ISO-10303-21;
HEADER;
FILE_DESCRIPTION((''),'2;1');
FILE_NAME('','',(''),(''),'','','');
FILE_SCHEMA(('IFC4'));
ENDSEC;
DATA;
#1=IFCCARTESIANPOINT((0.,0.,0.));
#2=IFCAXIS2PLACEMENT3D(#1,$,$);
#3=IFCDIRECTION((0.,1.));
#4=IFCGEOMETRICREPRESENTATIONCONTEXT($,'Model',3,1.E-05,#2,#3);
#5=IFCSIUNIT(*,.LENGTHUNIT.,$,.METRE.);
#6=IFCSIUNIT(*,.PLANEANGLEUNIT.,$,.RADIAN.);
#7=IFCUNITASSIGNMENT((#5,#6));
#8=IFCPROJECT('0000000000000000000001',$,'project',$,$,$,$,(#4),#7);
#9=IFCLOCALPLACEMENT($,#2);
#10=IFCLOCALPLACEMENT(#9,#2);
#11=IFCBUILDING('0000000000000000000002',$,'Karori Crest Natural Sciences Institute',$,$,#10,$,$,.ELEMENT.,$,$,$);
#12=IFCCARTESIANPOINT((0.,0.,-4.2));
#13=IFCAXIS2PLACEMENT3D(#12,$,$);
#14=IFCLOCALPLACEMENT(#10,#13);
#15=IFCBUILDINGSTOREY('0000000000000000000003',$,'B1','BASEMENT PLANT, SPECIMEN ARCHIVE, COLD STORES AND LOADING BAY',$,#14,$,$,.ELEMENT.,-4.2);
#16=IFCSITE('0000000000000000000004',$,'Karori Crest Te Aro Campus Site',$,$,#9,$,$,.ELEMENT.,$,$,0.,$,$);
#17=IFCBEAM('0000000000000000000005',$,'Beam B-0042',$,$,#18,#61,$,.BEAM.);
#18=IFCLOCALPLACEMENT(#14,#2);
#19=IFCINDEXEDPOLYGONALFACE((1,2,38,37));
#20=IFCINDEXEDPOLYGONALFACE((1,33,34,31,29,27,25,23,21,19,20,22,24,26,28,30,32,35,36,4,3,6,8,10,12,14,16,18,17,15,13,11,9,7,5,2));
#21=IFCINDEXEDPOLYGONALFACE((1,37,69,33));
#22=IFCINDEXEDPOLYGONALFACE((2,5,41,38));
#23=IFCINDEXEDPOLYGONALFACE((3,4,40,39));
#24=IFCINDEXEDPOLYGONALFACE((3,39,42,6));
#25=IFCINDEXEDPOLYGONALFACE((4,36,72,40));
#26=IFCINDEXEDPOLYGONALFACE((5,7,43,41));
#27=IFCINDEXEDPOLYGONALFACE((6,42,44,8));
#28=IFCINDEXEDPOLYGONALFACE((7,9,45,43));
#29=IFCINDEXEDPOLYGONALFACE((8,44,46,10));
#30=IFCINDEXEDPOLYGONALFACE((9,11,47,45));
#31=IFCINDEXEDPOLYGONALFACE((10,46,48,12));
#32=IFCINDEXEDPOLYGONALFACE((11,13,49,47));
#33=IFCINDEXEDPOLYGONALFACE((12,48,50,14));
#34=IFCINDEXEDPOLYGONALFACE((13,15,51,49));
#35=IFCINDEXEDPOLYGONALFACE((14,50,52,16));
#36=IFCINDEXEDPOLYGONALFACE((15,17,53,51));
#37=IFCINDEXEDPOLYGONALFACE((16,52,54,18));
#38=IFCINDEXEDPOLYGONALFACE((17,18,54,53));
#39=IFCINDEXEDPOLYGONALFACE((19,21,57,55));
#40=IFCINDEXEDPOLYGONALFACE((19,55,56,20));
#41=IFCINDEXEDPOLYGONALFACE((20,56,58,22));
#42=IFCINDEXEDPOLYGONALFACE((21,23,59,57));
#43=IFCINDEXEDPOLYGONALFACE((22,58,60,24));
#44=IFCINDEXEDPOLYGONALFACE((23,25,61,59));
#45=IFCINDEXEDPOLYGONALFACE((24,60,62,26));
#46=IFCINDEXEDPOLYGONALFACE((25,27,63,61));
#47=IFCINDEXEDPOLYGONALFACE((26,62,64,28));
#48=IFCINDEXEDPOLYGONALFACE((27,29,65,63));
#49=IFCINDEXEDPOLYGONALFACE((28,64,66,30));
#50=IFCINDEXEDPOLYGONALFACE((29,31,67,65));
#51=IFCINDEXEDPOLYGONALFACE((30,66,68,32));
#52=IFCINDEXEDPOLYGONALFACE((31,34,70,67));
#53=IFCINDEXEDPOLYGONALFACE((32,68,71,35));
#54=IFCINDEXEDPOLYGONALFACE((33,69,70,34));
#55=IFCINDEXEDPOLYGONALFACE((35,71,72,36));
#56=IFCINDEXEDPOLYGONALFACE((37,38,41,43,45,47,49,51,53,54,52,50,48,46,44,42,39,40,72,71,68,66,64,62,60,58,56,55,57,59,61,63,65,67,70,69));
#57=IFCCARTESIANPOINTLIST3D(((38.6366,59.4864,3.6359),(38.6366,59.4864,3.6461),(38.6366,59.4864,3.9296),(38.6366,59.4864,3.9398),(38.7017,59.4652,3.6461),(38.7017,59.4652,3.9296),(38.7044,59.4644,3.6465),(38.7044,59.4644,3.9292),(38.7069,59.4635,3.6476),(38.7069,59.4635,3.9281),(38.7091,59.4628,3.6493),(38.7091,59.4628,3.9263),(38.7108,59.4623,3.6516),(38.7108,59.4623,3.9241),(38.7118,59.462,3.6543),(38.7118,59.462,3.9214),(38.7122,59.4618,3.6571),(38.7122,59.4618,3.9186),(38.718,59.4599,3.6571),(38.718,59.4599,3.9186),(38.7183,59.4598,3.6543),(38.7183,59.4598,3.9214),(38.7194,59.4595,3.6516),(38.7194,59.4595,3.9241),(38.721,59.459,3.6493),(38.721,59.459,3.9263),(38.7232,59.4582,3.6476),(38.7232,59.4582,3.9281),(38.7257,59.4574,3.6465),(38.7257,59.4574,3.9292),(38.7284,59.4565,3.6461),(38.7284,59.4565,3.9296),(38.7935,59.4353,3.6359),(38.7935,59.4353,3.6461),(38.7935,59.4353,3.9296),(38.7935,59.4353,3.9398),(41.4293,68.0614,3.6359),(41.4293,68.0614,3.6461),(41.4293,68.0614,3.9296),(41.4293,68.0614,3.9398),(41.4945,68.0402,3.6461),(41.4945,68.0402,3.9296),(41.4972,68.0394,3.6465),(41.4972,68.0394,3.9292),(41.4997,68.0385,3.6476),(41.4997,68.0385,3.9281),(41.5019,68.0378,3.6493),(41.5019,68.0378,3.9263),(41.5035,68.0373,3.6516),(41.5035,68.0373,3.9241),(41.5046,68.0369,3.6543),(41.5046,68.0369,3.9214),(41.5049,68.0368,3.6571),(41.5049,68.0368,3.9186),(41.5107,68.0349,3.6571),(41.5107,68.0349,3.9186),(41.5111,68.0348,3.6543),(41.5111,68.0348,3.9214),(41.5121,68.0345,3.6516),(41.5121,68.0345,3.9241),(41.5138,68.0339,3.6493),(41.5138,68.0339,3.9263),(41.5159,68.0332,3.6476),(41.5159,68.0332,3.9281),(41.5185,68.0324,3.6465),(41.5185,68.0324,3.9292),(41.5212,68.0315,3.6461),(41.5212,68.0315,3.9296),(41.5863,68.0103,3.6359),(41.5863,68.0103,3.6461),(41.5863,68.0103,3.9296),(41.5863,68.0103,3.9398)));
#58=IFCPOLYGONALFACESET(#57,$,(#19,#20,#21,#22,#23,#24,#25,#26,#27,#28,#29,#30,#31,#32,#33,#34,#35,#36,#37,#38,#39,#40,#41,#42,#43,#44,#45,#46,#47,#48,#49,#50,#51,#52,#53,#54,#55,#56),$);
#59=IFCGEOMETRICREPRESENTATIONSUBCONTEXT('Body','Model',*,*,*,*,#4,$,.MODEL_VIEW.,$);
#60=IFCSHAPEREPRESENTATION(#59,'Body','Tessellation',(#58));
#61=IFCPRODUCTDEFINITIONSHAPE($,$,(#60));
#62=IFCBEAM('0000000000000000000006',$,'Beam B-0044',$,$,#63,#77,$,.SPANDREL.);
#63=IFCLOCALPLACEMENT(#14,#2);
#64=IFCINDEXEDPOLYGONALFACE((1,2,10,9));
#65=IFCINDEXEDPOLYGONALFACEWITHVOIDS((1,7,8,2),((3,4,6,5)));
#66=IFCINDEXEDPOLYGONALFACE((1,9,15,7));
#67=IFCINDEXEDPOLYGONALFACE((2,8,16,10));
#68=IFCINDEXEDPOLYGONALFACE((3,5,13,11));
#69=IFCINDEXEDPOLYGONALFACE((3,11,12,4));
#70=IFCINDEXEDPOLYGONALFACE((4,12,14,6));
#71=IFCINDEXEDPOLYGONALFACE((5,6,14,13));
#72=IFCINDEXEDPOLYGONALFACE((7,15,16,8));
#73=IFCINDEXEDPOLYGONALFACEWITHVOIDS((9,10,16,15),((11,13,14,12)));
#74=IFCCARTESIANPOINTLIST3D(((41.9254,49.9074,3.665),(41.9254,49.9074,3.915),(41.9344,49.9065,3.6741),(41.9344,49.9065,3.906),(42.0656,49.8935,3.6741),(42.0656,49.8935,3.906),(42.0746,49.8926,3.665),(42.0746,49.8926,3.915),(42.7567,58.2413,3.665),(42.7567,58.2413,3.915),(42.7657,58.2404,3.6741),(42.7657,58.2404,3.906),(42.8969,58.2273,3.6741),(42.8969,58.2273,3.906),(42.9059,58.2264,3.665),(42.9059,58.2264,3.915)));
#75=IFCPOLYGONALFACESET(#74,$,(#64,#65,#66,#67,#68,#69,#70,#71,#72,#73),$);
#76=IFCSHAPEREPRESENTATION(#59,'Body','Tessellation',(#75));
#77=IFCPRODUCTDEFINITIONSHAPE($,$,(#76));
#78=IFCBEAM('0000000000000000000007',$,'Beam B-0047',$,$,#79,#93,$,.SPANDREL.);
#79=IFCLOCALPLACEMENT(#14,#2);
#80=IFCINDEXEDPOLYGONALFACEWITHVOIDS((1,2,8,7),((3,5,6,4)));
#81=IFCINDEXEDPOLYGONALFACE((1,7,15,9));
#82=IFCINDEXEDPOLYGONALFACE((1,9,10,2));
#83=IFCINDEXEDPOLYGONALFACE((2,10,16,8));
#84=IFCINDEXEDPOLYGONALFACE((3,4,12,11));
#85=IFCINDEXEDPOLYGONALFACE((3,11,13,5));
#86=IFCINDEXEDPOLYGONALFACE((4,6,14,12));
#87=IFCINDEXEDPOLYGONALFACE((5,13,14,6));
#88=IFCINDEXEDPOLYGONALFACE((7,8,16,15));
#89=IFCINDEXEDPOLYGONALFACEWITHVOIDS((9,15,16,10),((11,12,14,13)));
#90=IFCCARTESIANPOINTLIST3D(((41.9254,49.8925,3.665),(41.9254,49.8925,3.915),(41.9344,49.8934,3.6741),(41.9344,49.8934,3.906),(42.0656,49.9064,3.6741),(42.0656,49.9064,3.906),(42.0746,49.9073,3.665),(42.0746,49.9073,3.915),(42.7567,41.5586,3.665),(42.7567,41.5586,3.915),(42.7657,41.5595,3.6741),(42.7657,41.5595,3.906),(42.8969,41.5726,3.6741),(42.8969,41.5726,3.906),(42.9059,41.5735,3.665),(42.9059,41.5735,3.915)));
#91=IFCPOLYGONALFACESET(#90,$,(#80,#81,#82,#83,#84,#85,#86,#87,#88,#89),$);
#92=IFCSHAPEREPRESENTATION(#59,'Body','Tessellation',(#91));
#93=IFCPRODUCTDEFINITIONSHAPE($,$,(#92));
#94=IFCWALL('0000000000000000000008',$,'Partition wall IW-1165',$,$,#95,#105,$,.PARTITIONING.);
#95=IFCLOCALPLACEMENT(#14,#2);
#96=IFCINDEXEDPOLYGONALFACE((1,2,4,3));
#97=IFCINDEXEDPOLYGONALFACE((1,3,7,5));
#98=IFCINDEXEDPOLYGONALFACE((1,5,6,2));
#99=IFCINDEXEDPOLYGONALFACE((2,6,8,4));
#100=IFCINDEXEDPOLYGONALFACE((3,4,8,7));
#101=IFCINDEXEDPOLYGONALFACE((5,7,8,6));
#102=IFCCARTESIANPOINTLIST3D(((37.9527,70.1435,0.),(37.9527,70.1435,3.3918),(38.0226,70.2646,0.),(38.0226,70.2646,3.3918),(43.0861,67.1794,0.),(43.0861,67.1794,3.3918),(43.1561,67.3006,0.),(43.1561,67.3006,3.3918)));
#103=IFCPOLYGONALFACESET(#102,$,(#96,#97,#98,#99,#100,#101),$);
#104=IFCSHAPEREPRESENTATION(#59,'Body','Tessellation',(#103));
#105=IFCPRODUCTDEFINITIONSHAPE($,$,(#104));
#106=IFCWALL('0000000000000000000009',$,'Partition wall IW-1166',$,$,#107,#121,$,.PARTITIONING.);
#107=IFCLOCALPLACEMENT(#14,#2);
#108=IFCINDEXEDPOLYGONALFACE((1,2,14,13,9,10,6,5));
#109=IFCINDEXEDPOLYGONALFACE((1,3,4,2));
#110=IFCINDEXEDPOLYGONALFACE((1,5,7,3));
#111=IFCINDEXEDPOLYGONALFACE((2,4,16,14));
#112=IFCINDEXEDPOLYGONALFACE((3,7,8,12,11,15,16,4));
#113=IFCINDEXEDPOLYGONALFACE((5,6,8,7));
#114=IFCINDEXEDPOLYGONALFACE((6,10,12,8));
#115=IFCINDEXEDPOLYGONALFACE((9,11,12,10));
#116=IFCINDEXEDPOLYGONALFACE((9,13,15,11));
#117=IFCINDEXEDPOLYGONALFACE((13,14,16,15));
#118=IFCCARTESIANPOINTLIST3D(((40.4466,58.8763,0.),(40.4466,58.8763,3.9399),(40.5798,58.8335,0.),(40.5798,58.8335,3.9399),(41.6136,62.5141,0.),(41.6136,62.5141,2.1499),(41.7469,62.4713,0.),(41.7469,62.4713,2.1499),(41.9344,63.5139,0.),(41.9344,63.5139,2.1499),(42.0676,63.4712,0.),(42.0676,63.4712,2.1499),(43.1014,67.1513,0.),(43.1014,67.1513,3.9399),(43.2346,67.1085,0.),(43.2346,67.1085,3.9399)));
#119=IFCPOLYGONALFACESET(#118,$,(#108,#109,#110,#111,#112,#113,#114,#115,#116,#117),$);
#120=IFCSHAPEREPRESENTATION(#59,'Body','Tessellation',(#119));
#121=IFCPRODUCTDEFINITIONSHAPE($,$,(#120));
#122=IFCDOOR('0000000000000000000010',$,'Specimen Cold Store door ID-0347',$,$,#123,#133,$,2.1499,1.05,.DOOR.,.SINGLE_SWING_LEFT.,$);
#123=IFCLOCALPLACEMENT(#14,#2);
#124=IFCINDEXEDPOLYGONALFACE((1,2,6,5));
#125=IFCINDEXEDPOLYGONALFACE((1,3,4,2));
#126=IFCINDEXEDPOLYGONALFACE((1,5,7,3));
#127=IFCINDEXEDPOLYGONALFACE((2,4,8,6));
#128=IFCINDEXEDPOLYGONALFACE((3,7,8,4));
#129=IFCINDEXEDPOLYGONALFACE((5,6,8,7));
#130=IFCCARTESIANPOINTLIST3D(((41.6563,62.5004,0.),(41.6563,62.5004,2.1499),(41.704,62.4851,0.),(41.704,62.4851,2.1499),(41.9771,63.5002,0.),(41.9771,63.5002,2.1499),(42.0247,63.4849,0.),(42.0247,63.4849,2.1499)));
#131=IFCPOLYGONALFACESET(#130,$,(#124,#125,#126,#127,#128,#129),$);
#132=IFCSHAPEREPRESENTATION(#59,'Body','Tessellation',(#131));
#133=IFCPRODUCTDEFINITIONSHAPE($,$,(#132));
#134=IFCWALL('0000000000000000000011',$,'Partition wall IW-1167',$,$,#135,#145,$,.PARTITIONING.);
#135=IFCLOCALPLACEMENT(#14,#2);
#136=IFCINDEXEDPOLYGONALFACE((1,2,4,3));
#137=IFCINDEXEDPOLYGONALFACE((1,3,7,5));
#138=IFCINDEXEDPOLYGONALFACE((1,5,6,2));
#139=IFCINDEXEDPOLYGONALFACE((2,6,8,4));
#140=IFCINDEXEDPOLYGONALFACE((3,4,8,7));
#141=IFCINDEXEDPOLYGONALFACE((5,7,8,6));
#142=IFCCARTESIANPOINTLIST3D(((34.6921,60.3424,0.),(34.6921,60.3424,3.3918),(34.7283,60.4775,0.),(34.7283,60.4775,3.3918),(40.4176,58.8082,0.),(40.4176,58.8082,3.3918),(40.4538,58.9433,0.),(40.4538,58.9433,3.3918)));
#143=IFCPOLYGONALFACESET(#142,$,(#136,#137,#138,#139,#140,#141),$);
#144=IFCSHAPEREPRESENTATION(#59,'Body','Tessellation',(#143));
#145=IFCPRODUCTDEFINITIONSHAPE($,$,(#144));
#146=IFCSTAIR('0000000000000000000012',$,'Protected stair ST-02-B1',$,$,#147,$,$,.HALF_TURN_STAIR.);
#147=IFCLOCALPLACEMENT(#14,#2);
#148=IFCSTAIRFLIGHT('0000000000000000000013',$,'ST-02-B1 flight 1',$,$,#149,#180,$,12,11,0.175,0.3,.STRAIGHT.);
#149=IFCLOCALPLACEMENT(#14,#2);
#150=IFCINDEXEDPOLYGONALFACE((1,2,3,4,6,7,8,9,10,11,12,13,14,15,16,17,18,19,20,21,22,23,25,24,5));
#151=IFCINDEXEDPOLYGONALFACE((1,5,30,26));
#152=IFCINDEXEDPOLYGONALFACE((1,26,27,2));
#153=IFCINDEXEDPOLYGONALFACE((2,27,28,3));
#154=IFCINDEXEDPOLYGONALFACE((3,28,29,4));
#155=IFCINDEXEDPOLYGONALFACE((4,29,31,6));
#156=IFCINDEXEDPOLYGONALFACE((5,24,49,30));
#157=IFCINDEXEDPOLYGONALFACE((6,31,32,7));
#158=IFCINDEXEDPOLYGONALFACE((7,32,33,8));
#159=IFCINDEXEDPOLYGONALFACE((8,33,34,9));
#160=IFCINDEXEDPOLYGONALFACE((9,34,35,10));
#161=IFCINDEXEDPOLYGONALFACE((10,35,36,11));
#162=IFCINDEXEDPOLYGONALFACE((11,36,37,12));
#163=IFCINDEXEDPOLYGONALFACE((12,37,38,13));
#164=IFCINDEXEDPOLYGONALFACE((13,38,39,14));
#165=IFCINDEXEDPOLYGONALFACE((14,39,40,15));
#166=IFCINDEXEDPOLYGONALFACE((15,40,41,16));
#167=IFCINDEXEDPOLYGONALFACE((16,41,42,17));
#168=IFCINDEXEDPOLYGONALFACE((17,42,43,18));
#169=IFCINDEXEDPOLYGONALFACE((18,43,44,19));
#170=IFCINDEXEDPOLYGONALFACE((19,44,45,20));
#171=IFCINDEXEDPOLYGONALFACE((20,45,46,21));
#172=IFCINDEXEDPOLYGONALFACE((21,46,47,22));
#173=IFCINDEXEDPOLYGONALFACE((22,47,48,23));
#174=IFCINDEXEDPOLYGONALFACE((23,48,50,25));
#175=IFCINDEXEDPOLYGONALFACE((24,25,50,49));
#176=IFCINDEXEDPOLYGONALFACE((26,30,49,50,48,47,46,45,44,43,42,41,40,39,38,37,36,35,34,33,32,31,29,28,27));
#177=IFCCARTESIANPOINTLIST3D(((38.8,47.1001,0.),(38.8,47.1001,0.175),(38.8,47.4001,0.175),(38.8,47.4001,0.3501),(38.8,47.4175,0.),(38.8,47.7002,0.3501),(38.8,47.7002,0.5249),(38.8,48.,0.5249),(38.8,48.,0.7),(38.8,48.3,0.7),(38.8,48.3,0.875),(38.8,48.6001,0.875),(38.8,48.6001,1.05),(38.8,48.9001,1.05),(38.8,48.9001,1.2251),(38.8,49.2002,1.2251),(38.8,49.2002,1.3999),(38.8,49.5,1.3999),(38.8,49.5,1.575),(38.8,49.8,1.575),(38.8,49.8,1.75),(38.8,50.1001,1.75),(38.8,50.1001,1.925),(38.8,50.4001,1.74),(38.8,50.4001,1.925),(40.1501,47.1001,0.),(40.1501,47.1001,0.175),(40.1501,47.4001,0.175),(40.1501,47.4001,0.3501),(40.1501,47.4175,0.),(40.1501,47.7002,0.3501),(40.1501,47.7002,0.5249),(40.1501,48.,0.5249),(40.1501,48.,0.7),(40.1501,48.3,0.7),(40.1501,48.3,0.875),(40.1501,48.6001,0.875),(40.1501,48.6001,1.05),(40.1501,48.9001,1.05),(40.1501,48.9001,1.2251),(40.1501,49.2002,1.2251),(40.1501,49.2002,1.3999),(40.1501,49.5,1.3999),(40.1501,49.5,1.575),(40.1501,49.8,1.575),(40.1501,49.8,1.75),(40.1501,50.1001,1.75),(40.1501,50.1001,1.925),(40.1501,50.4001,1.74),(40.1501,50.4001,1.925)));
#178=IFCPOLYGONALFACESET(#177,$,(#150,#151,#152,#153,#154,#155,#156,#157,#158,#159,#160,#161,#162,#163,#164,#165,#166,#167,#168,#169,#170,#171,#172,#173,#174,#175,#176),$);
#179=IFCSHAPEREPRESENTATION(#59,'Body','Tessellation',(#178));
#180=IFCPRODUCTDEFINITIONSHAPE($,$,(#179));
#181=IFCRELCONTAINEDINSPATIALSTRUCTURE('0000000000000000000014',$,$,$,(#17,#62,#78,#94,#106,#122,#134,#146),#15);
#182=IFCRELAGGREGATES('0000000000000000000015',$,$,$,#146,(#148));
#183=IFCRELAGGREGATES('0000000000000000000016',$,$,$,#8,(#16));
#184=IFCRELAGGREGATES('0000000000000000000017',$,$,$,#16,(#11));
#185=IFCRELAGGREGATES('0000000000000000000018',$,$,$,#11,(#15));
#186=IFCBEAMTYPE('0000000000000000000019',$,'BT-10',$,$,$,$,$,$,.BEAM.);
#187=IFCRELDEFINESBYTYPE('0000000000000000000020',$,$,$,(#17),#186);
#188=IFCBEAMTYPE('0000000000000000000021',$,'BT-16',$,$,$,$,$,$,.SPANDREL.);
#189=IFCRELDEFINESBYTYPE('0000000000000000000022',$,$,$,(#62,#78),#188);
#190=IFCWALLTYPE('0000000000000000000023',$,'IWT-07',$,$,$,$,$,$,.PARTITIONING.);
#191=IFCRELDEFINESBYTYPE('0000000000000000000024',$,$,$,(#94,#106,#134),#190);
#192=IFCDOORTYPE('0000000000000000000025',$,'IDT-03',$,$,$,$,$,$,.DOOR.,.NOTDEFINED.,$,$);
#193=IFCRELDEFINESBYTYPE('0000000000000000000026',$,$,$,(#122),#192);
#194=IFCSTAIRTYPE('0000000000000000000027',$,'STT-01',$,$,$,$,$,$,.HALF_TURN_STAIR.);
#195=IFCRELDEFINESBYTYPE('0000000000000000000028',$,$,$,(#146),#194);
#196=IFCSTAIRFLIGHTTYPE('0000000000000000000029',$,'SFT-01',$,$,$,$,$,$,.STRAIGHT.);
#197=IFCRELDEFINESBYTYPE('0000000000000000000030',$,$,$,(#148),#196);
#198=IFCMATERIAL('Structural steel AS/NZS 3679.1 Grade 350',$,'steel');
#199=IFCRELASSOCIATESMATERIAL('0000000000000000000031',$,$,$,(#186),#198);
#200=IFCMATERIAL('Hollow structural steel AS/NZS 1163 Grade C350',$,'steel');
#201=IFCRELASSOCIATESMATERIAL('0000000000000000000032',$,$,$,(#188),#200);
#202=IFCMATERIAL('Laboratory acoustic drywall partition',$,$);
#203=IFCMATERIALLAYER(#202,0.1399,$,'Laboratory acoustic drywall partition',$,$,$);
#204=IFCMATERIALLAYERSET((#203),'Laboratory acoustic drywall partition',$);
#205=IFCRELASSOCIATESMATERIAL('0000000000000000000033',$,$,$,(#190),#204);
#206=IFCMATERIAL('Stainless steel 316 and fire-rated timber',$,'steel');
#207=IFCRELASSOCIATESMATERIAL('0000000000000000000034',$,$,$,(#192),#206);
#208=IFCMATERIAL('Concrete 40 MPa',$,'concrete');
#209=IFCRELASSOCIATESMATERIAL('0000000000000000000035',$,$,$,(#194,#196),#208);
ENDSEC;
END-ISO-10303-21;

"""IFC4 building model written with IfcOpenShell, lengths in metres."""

from ifc_helpers import new_model, si_unit, direction, frame, frame_2d, origin, origin_2d, place, context, subcontext, project, spatial, polyline, rectangle, hollow_rectangle, i_section, outline, extrude, material, layer, layer_set, material_profile, profile_set, type_object, element, fill, aggregate, save


model = new_model("IFC4")

# Units and contexts
model_context = context("Model", 3, precision=1e-05, world=origin(), true_north=direction((0.0, 1.0)))
body_context = subcontext(model_context, "Body", "Model", "MODEL_VIEW")
ifc_project = project(units=[si_unit("LENGTHUNIT", "METRE"), si_unit("PLANEANGLEUNIT", "RADIAN")], contexts=[model_context])

# Site, building, storey
site_placement = place(None, origin())
site = spatial("IfcSite", under=ifc_project, at=site_placement, Name="Karori Crest Te Aro Campus Site", CompositionType="ELEMENT", RefElevation=0.0)
building_placement = place(site_placement, origin())
building = spatial("IfcBuilding", under=site, at=building_placement, Name="Karori Crest Natural Sciences Institute", CompositionType="ELEMENT")
storey_placement = place(building_placement, frame((0.0, 0.0, -4.2)))
storey = spatial("IfcBuildingStorey", under=building, at=storey_placement, Name="B1", Description="BASEMENT PLANT, SPECIMEN ARCHIVE, COLD STORES AND LOADING BAY", CompositionType="ELEMENT", Elevation=-4.2)

# Shared definitions
ifc_material_1 = material(Name="Concrete 40 MPa", Category="concrete")

# Shared definitions
ifc_material_2 = material(Name="Structural steel AS/NZS 3679.1 Grade 350", Category="steel")

# Beams
ifc_material_profile_1 = material_profile(ifc_material_2, i_section(OverallWidth=0.165, OverallDepth=0.304, WebThickness=0.0061, FlangeThickness=0.0103, FilletRadius=0.011, at=origin_2d()), Name="310UB40.4")
ifc_profile_set_1 = profile_set([ifc_material_profile_1], Name="Structural steel AS/NZS 3679.1 Grade 350")
beam_type_1 = type_object("IfcBeamType", Name="BT-10", PredefinedType="BEAM", material=ifc_profile_set_1)
beam_1_placement = place(storey_placement, frame((41.5078, 68.0359, 3.7878), z_axis=(-0.309674, -0.950843, 0.0), x_axis=(0.950843, -0.309674, 0.0)))
element("IfcBeam", 1, at=beam_1_placement, inside=storey, type_object=beam_type_1, Name="Beam B-0042", PredefinedType="BEAM", context=body_context, shape_type="SweptSolid", body=[
    extrude(i_section(OverallWidth=0.165, OverallDepth=0.304, WebThickness=0.0061, FlangeThickness=0.0103, FilletRadius=0.011, at=origin_2d()), origin(), (0.0, 0.0, 1.0), 9.0183),
])
ifc_material_3 = material(Name="Hollow structural steel AS/NZS 1163 Grade C350", Category="steel")
ifc_material_profile_2 = material_profile(ifc_material_3, hollow_rectangle(XDim=0.1499, YDim=0.25, WallThickness=0.009, at=origin_2d()), Name="RHS250x150x9")
ifc_profile_set_2 = profile_set([ifc_material_profile_2], Name="Hollow structural steel AS/NZS 1163 Grade C350")
beam_type_2 = type_object("IfcBeamType", Name="BT-16", PredefinedType="SPANDREL", material=ifc_profile_set_2)
for number, where, z_axis, x_axis, name in (
    (2, (42.8313, 58.2339, 3.79), (-0.099256, -0.995062, 0.0), (0.995062, -0.099256, 0.0), "Beam B-0044"),
    (3, (42.0, 49.8999, 3.79), (0.099256, -0.995062, 0.0), (0.995062, 0.099256, 0.0), "Beam B-0047"),
):
    element("IfcBeam", number, at=place(storey_placement, frame(where, z_axis=z_axis, x_axis=x_axis)), inside=storey, type_object=beam_type_2, Name=name, PredefinedType="SPANDREL", context=body_context, shape_type="SweptSolid", body=[
        extrude(hollow_rectangle(XDim=0.1499, YDim=0.25, WallThickness=0.009, at=origin_2d()), origin(), (0.0, 0.0, 1.0), 8.3752),
    ])

# Shared definitions
ifc_material_4 = material(Name="Stainless steel 316 and fire-rated timber", Category="steel")

# Wall
ifc_material_5 = material(Name="Laboratory acoustic drywall partition")
ifc_layer_1 = layer(ifc_material_5, 0.1399, Name="Laboratory acoustic drywall partition")
ifc_layer_set_1 = layer_set([ifc_layer_1], Name="Laboratory acoustic drywall partition")
wall_type_1 = type_object("IfcWallType", Name="IWT-07", PredefinedType="PARTITIONING", material=ifc_layer_set_1)
wall_1_placement = place(storey_placement, frame((43.1211, 67.24, 0.0), z_axis=(0.0, 0.0, 1.0), x_axis=(-0.866007, 0.500033, 0.0)))
element("IfcWall", 4, at=wall_1_placement, inside=storey, type_object=wall_type_1, Name="Partition wall IW-1165", PredefinedType="PARTITIONING", context=body_context, shape_type="SweptSolid", body=[
    extrude(rectangle(XDim=5.9277, YDim=0.1399, at=frame_2d((2.9639, 0.0))), origin(), (0.0, 0.0, 1.0), 3.3918),
])

# Wall, opening, door
wall_2_placement = place(storey_placement, frame((43.168, 67.1299, 0.0), z_axis=(0.0, 0.0, 1.0), x_axis=(-0.305487, -0.952196, 0.0)))
wall_2 = element("IfcWall", 5, at=wall_2_placement, inside=storey, type_object=wall_type_1, Name="Partition wall IW-1166", PredefinedType="PARTITIONING", context=body_context, shape_type="SweptSolid", body=[
    extrude(rectangle(XDim=8.6904, YDim=0.1399, at=frame_2d((4.3452, 0.0))), origin(), (0.0, 0.0, 1.0), 3.9399),
])
opening_1_placement = place(wall_2_placement, frame((3.8201, 0.0, 0.0)))
opening_1 = element("IfcOpeningElement", 6, at=opening_1_placement, cuts=wall_2, PredefinedType="OPENING", context=body_context, shape_type="SweptSolid", body=[
    extrude(rectangle(XDim=1.05, YDim=2.1499, at=frame_2d((0.5249, 1.075))), frame((0.0, 0.0801, 0.0), z_axis=(0.0, -1.0, 0.0), x_axis=(1.0, 0.0, 0.0)), (0.0, 0.0, 1.0), 0.1599),
])
door_type_1 = type_object("IfcDoorType", Name="IDT-03", OperationType="NOTDEFINED", PredefinedType="DOOR", material=ifc_material_4)
door_1_placement = place(opening_1_placement, origin())
door_1 = element("IfcDoor", 7, at=door_1_placement, inside=storey, type_object=door_type_1, Name="Specimen Cold Store door ID-0347", OperationType="SINGLE_SWING_LEFT", OverallHeight=2.1499, OverallWidth=1.05, PredefinedType="DOOR", context=body_context, shape_type="SweptSolid", body=[
    extrude(rectangle(XDim=1.05, YDim=2.1499, at=frame_2d((0.5249, 1.075))), frame((0.0, 0.0249, 0.0), z_axis=(0.0, -1.0, 0.0), x_axis=(1.0, 0.0, 0.0)), (0.0, 0.0, 1.0), 0.05),
])
fill(opening_1, door_1)

# Wall
wall_3_placement = place(storey_placement, frame((40.4358, 58.8757, 0.0), z_axis=(0.0, 0.0, 1.0), x_axis=(-0.965925, 0.258821, 0.0)))
element("IfcWall", 8, at=wall_3_placement, inside=storey, type_object=wall_type_1, Name="Partition wall IW-1167", PredefinedType="PARTITIONING", context=body_context, shape_type="SweptSolid", body=[
    extrude(rectangle(XDim=5.9275, YDim=0.1399, at=frame_2d((2.9639, 0.0))), origin(), (0.0, 0.0, 1.0), 3.3918),
])

# Stair, stair flight
stair_type = type_object("IfcStairType", Name="STT-01", PredefinedType="HALF_TURN_STAIR", material=ifc_material_1)
stair_placement = place(storey_placement, origin())
stair = element("IfcStair", 9, at=stair_placement, inside=storey, type_object=stair_type, Name="Protected stair ST-02-B1", PredefinedType="HALF_TURN_STAIR")
stair_flight_type = type_object("IfcStairFlightType", Name="SFT-01", PredefinedType="STRAIGHT", material=ifc_material_1)
stair_flight_placement = place(storey_placement, frame((39.4751, 47.1001, 0.0), z_axis=(0.0, 0.0, 1.0), x_axis=(0.0, 1.0, 0.0)))
stair_flight = element("IfcStairFlight", 10, at=stair_flight_placement, type_object=stair_flight_type, Name="ST-02-B1 flight 1", NumberOfRisers=12, NumberOfTreads=11, PredefinedType="STRAIGHT", RiserHeight=0.175, TreadLength=0.3, context=body_context, shape_type="SweptSolid", body=[
    extrude(outline(polyline([(0.0, 0.0), (0.0, 0.175), (0.3, 0.175), (0.3, 0.3501), (0.6001, 0.3501), (0.6001, 0.5249), (0.8999, 0.5249), (0.8999, 0.7), (1.2, 0.7), (1.2, 0.875), (1.5, 0.875), (1.5, 1.05), (1.8, 1.05), (1.8, 1.2251), (2.1001, 1.2251), (2.1001, 1.3999), (2.3999, 1.3999), (2.3999, 1.575), (2.7, 1.575), (2.7, 1.75), (3.0, 1.75), (3.0, 1.925), (3.3, 1.925), (3.3, 2.1001), (3.3, 1.74), (0.3174, 0.0), (0.0, 0.0)])), frame((0.0, 0.675, 0.0), z_axis=(0.0, -1.0, 0.0), x_axis=(1.0, 0.0, 0.0)), (0.0, 0.0, 1.0), 1.3501),
])
aggregate(stair, [stair_flight])

save(model, "model.ifc")
